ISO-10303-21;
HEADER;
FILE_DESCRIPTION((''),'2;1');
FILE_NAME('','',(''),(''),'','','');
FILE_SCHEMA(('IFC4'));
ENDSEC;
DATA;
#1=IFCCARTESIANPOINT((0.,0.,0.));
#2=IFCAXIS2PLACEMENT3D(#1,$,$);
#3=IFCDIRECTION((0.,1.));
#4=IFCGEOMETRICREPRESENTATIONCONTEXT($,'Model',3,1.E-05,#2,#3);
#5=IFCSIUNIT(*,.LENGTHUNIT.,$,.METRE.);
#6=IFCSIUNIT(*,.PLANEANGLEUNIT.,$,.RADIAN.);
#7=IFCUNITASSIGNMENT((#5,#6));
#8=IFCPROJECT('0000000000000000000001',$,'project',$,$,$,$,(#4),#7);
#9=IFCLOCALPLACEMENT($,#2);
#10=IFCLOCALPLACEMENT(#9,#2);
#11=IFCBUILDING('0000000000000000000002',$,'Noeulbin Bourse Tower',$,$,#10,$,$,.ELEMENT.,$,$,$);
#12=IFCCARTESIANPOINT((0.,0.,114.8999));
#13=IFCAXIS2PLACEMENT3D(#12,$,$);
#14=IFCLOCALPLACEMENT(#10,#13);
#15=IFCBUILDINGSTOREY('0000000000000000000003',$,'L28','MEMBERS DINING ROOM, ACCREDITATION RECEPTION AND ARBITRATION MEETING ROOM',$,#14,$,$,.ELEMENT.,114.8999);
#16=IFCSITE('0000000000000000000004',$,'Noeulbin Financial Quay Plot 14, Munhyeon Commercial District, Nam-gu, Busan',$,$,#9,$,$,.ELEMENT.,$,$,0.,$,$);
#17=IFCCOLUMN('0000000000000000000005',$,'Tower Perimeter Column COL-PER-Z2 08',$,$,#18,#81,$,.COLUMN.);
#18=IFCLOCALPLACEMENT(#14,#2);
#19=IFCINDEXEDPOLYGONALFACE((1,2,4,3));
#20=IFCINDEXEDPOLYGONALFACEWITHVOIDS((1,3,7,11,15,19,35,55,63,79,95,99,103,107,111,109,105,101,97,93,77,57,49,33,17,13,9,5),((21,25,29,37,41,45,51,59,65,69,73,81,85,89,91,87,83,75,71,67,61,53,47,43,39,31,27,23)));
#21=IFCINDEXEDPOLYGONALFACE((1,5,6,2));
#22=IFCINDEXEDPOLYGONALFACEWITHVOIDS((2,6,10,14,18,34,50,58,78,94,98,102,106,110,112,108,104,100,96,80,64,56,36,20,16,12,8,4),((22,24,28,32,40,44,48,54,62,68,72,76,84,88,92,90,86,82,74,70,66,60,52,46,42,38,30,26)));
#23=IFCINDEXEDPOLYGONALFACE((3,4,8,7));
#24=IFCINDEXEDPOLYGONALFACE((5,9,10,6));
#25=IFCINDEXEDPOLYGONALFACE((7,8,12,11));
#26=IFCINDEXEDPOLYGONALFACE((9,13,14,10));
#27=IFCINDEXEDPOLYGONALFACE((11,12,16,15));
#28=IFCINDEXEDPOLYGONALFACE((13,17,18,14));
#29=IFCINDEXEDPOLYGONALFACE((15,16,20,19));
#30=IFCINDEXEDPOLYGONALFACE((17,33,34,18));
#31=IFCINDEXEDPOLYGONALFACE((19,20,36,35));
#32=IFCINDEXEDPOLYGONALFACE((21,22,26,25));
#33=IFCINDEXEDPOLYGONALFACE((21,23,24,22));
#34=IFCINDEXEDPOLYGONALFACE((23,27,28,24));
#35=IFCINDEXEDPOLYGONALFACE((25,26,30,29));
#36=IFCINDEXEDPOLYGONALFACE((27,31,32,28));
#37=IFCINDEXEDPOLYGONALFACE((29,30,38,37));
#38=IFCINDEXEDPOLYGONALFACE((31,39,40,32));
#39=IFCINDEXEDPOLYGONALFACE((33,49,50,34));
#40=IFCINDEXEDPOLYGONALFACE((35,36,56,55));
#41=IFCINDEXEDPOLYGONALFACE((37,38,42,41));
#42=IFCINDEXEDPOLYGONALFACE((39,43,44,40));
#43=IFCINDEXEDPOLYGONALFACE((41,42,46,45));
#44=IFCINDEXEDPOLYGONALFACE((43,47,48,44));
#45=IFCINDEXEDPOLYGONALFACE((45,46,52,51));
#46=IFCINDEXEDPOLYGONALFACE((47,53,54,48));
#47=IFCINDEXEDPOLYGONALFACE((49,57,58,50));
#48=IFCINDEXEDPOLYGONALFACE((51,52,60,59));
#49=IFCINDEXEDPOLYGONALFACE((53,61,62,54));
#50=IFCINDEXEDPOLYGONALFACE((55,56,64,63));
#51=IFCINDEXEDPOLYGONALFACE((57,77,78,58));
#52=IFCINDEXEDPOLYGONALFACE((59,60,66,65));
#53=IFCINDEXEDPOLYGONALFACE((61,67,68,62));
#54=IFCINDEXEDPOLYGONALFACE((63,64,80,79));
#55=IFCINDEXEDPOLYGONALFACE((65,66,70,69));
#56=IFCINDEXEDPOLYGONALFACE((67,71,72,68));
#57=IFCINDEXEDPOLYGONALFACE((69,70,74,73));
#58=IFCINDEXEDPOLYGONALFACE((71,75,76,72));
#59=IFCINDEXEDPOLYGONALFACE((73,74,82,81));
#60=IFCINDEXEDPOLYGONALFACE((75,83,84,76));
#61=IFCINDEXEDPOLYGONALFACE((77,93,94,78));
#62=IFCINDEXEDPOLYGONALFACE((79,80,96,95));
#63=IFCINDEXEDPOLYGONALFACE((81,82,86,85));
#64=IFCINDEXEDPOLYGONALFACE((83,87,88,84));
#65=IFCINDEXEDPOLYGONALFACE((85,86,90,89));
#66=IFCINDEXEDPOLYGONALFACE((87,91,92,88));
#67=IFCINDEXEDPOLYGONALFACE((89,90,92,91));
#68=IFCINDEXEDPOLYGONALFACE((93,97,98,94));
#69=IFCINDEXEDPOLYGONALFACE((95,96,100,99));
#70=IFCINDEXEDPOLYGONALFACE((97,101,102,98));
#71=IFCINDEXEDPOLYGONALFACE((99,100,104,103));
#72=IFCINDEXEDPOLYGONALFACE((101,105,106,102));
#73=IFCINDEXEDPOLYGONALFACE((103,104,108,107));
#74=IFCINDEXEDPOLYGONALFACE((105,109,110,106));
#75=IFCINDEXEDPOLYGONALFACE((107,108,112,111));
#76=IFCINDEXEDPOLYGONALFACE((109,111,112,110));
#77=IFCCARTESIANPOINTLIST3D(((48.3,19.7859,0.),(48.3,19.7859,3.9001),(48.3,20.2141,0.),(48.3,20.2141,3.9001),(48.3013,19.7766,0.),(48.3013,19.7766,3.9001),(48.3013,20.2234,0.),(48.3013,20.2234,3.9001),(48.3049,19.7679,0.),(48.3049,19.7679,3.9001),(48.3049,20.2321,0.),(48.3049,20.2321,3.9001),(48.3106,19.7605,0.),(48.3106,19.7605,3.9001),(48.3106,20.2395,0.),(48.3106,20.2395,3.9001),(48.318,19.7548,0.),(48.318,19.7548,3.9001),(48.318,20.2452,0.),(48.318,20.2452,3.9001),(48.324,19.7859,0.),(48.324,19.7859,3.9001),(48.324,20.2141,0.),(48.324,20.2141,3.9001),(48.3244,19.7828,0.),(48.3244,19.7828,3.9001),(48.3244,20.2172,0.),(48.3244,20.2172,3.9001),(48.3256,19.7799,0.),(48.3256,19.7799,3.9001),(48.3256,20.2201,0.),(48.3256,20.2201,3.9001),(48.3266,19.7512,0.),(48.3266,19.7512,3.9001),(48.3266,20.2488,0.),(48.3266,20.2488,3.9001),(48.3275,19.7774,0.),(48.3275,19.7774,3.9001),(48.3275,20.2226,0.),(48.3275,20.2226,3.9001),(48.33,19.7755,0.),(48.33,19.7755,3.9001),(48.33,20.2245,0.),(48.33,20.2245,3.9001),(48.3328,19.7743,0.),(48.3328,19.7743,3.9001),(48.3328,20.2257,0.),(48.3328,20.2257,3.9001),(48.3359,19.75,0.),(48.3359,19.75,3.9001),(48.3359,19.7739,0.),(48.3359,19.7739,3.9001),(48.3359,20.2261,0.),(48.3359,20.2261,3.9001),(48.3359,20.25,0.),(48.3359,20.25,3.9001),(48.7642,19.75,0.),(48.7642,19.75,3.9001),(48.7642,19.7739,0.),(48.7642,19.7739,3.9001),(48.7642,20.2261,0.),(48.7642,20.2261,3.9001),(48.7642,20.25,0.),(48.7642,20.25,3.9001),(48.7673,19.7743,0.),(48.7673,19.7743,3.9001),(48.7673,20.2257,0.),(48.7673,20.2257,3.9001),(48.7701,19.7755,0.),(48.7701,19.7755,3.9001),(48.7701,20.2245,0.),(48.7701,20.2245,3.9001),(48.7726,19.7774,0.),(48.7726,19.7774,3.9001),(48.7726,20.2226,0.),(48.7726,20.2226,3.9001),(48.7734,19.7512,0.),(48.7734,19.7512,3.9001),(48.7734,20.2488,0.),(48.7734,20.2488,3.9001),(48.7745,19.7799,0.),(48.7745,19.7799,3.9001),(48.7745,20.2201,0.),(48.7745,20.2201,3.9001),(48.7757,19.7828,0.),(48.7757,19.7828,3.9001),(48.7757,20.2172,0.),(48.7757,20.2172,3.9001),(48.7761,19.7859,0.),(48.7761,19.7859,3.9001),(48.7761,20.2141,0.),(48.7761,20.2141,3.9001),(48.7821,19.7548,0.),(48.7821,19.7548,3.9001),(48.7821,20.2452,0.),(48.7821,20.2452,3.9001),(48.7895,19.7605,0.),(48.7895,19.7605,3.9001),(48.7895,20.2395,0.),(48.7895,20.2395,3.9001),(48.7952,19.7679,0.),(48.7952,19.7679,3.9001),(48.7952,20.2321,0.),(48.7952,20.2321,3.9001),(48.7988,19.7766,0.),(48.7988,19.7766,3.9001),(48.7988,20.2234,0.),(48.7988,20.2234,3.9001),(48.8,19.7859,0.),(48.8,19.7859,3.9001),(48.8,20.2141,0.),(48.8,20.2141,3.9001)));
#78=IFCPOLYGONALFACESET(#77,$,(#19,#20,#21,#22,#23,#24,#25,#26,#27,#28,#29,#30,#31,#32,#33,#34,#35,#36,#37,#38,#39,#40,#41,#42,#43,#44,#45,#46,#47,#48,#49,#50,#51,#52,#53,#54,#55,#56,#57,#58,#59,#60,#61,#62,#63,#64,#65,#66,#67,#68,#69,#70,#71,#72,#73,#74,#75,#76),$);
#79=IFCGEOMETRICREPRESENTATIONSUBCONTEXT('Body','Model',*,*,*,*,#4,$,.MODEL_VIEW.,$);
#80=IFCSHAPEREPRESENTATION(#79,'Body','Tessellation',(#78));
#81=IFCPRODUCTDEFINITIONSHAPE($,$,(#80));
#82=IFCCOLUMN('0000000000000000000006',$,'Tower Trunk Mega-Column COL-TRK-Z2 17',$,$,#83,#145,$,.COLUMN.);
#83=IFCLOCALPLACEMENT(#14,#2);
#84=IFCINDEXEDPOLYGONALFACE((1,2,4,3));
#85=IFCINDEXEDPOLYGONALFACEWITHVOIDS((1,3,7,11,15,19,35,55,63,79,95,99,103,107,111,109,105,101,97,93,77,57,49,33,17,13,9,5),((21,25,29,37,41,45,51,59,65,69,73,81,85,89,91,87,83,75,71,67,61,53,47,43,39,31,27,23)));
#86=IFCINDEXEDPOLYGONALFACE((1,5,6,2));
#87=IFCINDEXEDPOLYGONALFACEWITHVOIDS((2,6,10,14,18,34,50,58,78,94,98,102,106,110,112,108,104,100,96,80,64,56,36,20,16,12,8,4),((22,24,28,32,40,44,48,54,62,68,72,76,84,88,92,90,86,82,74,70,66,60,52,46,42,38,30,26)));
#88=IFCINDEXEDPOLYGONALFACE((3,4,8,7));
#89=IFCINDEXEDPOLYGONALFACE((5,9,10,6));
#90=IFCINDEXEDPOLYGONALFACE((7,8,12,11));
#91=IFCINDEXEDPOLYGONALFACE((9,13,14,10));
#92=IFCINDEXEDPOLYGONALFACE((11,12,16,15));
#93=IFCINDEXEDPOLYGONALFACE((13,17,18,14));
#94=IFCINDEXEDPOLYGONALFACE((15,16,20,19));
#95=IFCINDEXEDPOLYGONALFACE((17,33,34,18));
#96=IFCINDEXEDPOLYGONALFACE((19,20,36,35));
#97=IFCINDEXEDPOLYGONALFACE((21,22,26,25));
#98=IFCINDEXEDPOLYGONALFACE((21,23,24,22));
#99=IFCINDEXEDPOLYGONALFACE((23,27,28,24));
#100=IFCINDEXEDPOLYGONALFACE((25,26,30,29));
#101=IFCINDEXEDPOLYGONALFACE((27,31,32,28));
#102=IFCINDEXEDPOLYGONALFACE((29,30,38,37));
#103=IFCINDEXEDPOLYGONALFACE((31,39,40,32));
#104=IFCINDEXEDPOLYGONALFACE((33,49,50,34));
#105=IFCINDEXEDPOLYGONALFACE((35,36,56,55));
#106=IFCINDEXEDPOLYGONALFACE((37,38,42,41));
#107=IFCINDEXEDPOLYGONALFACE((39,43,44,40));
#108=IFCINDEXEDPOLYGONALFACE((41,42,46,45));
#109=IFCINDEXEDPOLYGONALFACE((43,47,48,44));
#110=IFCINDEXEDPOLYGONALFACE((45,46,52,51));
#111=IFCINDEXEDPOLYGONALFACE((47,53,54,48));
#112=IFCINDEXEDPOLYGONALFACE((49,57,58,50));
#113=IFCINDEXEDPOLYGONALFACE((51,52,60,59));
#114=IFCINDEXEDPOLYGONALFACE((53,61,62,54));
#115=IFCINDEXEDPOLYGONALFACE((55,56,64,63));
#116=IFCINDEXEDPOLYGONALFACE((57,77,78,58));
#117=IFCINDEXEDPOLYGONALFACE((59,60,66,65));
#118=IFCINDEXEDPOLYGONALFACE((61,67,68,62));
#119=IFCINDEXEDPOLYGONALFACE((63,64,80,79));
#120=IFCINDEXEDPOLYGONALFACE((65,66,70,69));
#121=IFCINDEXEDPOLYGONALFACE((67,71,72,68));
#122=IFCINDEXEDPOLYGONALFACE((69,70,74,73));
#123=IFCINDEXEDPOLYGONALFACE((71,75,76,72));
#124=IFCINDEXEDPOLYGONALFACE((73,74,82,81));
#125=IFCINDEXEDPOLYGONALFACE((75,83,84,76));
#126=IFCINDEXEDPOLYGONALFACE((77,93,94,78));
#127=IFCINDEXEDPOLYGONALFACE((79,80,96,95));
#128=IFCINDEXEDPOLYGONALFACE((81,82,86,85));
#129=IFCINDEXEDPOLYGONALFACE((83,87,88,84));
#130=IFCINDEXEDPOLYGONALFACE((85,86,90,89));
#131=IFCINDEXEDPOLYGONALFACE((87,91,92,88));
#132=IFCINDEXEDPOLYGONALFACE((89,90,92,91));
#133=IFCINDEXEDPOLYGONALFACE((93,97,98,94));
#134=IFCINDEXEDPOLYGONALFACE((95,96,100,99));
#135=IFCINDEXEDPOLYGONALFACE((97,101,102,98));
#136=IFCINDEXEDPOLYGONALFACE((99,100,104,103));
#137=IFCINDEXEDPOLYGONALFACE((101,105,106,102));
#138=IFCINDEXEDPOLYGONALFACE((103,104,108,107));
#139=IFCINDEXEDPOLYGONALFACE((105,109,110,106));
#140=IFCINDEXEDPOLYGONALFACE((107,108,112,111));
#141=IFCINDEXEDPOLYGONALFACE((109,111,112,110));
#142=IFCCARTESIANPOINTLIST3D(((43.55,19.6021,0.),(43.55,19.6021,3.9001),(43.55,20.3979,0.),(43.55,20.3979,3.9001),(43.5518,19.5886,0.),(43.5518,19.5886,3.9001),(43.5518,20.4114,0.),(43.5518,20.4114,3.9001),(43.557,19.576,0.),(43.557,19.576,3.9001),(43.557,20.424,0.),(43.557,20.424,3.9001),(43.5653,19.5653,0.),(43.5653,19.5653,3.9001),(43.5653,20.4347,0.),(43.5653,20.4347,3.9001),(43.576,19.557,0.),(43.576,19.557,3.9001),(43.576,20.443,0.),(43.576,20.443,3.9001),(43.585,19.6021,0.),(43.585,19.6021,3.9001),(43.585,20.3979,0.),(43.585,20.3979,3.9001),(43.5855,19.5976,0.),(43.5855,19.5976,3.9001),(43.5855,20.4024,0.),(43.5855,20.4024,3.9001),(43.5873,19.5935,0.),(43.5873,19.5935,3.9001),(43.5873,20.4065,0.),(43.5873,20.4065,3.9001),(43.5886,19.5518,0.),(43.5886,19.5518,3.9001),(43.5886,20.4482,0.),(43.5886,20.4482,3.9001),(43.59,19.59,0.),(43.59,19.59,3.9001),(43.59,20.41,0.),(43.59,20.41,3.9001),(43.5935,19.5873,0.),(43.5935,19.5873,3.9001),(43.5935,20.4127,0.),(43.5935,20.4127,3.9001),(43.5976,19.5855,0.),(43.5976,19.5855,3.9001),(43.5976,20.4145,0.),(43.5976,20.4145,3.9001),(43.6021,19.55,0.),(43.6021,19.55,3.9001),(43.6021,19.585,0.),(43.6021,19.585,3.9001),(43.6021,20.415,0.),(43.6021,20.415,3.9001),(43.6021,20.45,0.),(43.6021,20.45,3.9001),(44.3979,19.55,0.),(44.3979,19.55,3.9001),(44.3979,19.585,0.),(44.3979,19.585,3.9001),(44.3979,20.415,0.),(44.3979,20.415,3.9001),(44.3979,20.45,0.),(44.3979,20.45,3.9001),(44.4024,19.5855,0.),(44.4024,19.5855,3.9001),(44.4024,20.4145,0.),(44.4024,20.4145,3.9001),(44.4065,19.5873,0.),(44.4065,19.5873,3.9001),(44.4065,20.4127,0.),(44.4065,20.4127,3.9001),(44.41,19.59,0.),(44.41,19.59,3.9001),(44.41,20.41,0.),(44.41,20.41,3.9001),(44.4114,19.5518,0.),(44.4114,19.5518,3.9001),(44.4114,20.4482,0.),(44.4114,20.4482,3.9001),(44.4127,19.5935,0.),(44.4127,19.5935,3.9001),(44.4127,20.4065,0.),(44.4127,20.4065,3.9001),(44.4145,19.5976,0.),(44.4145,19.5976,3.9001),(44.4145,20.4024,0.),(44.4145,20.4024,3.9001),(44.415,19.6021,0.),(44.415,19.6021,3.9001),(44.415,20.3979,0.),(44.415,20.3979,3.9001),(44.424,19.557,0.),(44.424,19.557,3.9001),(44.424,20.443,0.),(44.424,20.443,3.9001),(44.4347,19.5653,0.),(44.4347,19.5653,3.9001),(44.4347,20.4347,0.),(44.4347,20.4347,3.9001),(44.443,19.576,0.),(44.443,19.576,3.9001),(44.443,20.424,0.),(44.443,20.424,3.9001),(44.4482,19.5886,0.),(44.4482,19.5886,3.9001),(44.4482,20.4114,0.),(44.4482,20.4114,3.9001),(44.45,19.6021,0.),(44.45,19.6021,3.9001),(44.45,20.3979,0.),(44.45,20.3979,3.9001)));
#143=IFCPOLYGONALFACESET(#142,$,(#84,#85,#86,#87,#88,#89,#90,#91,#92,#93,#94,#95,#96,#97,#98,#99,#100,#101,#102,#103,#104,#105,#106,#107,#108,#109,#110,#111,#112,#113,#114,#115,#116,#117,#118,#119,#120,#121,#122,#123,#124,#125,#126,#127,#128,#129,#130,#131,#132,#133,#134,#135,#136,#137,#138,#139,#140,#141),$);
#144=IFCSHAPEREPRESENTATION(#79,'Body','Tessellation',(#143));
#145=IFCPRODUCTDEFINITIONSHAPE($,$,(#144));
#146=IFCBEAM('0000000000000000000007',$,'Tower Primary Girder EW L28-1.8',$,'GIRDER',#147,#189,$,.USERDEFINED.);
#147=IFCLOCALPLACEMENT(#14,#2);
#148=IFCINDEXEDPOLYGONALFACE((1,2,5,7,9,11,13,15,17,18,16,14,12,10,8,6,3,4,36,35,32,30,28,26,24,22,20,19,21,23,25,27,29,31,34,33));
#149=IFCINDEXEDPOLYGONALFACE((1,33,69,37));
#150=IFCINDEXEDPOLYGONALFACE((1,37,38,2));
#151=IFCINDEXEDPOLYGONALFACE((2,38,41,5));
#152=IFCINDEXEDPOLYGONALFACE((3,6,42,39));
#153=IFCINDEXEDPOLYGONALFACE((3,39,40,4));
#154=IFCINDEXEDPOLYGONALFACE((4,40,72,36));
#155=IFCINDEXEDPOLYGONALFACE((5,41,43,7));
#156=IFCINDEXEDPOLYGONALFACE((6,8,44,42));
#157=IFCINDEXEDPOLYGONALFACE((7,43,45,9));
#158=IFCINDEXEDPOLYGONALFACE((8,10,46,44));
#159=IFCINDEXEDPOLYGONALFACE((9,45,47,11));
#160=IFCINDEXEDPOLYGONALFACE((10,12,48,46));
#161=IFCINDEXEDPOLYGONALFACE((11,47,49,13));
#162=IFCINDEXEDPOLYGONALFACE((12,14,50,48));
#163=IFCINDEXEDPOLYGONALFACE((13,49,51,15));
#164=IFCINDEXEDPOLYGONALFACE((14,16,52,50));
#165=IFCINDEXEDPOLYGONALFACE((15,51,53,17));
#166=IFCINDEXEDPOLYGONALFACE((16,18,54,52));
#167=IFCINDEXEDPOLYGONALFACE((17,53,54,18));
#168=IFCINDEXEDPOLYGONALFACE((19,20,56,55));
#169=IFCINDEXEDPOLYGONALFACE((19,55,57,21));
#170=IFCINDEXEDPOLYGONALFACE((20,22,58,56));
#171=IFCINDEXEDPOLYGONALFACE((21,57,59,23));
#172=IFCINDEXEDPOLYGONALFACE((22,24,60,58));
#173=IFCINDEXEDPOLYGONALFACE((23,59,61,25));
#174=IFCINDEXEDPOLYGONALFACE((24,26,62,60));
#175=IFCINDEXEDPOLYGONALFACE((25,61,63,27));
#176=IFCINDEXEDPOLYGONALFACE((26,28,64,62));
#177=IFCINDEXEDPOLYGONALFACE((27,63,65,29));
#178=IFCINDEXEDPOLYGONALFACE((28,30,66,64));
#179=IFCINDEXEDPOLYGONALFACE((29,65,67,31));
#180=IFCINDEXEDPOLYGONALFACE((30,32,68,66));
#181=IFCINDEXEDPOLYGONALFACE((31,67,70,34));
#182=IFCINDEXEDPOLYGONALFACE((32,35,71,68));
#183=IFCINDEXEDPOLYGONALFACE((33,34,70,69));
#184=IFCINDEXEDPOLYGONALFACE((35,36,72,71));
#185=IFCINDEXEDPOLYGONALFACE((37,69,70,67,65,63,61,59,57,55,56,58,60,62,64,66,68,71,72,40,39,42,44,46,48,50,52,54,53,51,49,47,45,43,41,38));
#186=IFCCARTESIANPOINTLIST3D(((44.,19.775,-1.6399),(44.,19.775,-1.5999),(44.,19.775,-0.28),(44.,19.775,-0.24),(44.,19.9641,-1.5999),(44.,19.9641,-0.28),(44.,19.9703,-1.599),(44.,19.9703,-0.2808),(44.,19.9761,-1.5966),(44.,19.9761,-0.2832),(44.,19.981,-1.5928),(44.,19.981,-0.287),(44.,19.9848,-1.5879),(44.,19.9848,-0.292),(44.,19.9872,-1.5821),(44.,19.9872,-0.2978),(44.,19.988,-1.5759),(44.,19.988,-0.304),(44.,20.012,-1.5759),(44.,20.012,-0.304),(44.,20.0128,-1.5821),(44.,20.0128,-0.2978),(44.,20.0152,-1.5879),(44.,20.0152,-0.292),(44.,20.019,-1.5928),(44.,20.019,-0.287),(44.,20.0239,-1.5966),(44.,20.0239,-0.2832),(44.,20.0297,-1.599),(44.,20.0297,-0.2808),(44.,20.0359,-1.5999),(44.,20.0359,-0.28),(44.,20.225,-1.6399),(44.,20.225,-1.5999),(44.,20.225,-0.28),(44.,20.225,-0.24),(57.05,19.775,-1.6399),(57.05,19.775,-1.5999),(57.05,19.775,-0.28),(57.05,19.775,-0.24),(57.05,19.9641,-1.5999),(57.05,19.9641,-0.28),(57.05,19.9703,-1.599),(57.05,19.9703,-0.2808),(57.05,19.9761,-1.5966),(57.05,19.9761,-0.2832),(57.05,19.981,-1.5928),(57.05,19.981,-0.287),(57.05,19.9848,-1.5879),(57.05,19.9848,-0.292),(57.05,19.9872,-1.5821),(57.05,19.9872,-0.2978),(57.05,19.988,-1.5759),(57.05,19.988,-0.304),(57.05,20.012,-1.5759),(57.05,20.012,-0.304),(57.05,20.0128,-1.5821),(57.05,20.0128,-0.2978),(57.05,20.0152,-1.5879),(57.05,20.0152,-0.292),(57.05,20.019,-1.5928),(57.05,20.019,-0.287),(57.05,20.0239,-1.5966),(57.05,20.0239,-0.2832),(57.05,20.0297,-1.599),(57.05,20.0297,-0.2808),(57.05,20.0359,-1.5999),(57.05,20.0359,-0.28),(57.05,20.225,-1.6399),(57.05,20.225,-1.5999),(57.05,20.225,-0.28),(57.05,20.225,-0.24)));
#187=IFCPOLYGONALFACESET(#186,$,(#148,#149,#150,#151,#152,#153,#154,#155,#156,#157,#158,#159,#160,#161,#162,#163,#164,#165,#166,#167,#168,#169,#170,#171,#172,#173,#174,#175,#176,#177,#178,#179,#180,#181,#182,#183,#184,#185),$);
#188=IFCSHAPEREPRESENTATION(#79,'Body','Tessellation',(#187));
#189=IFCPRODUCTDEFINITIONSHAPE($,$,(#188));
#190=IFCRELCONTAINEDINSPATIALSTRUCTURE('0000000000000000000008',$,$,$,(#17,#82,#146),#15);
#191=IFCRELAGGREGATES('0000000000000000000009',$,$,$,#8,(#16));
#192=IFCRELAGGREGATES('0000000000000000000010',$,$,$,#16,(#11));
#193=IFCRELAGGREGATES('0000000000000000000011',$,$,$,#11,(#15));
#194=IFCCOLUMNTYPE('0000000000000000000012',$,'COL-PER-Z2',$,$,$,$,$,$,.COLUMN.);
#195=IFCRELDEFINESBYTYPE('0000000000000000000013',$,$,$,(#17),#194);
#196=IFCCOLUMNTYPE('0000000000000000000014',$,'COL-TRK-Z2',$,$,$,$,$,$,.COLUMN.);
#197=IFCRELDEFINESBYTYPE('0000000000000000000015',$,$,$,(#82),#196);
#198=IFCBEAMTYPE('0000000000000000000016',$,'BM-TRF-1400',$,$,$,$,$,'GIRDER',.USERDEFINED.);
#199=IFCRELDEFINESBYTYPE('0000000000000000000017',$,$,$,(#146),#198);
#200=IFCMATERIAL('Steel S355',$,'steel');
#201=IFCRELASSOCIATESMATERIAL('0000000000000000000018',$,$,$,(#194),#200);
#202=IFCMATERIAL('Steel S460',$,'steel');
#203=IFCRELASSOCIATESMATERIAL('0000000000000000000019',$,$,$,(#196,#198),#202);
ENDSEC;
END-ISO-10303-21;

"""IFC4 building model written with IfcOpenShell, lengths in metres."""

from ifc_helpers import new_model, si_unit, direction, frame, origin, origin_2d, place, context, subcontext, project, spatial, hollow_rectangle, i_section, extrude, material, material_profile, profile_set, type_object, element, save


model = new_model("IFC4")

# Units and contexts
model_context = context("Model", 3, precision=1e-05, world=origin(), true_north=direction((0.0, 1.0)))
body_context = subcontext(model_context, "Body", "Model", "MODEL_VIEW")
ifc_project = project(units=[si_unit("LENGTHUNIT", "METRE"), si_unit("PLANEANGLEUNIT", "RADIAN")], contexts=[model_context])

# Site, building, storey
site_placement = place(None, origin())
site = spatial("IfcSite", under=ifc_project, at=site_placement, Name="Noeulbin Financial Quay Plot 14, Munhyeon Commercial District, Nam-gu, Busan", CompositionType="ELEMENT", RefElevation=0.0)
building_placement = place(site_placement, origin())
building = spatial("IfcBuilding", under=site, at=building_placement, Name="Noeulbin Bourse Tower", CompositionType="ELEMENT")
storey_placement = place(building_placement, frame((0.0, 0.0, 114.8999)))
storey = spatial("IfcBuildingStorey", under=building, at=storey_placement, Name="L28", Description="MEMBERS DINING ROOM, ACCREDITATION RECEPTION AND ARBITRATION MEETING ROOM", CompositionType="ELEMENT", Elevation=114.8999)

# Columns
ifc_material_1 = material(Name="Steel S355", Category="steel")
ifc_material_profile_1 = material_profile(ifc_material_1, hollow_rectangle(XDim=0.5, YDim=0.5, WallThickness=0.0239, InnerFilletRadius=0.012, OuterFilletRadius=0.0359, at=origin_2d()), Name="BOX-500x500x24", Category="LoadBearing")
ifc_profile_set_1 = profile_set([ifc_material_profile_1], Name="Steel S355")
column_type_1 = type_object("IfcColumnType", Name="COL-PER-Z2", PredefinedType="COLUMN", material=ifc_profile_set_1)
column_1_placement = place(storey_placement, frame((48.55, 20.0, 0.0), z_axis=(0.0, 0.0, 1.0), x_axis=(1.0, 0.0, 0.0)))
element("IfcColumn", 1, at=column_1_placement, inside=storey, type_object=column_type_1, Name="Tower Perimeter Column COL-PER-Z2 08", PredefinedType="COLUMN", context=body_context, shape_type="SweptSolid", body=[
    extrude(hollow_rectangle(XDim=0.5, YDim=0.5, WallThickness=0.0239, InnerFilletRadius=0.012, OuterFilletRadius=0.0359, at=origin_2d()), origin(), (0.0, 0.0, 1.0), 3.9001),
])
ifc_material_2 = material(Name="Steel S460", Category="steel")
ifc_material_profile_2 = material_profile(ifc_material_2, hollow_rectangle(XDim=0.8999, YDim=0.8999, WallThickness=0.0349, InnerFilletRadius=0.0171, OuterFilletRadius=0.052, at=origin_2d()), Name="BOX-900x900x35", Category="LoadBearing")
ifc_profile_set_2 = profile_set([ifc_material_profile_2], Name="Steel S460")
column_type_2 = type_object("IfcColumnType", Name="COL-TRK-Z2", PredefinedType="COLUMN", material=ifc_profile_set_2)
column_2_placement = place(storey_placement, frame((44.0, 20.0, 0.0), z_axis=(0.0, 0.0, 1.0), x_axis=(1.0, 0.0, 0.0)))
element("IfcColumn", 2, at=column_2_placement, inside=storey, type_object=column_type_2, Name="Tower Trunk Mega-Column COL-TRK-Z2 17", PredefinedType="COLUMN", context=body_context, shape_type="SweptSolid", body=[
    extrude(hollow_rectangle(XDim=0.8999, YDim=0.8999, WallThickness=0.0349, InnerFilletRadius=0.0171, OuterFilletRadius=0.052, at=origin_2d()), origin(), (0.0, 0.0, 1.0), 3.9001),
])

# Beam
ifc_material_profile_3 = material_profile(ifc_material_2, i_section(OverallWidth=0.45, OverallDepth=1.3999, WebThickness=0.0239, FlangeThickness=0.04, FilletRadius=0.0239, at=origin_2d()), Name="PG-1400x450x24x40", Category="LoadBearing")
ifc_profile_set_3 = profile_set([ifc_material_profile_3], Name="Steel S460")
beam_type = type_object("IfcBeamType", Name="BM-TRF-1400", ElementType="GIRDER", PredefinedType="USERDEFINED", material=ifc_profile_set_3)
beam_placement = place(storey_placement, frame((44.0, 20.0, -0.9399), z_axis=(1.0, 0.0, 0.0), x_axis=(0.0, 1.0, 0.0)))
element("IfcBeam", 3, at=beam_placement, inside=storey, type_object=beam_type, Name="Tower Primary Girder EW L28-1.8", ObjectType="GIRDER", PredefinedType="USERDEFINED", context=body_context, shape_type="SweptSolid", body=[
    extrude(i_section(OverallWidth=0.45, OverallDepth=1.3999, WebThickness=0.0239, FlangeThickness=0.04, FilletRadius=0.0239, at=origin_2d()), origin(), (0.0, 0.0, 1.0), 13.05),
])

save(model, "model.ifc")
